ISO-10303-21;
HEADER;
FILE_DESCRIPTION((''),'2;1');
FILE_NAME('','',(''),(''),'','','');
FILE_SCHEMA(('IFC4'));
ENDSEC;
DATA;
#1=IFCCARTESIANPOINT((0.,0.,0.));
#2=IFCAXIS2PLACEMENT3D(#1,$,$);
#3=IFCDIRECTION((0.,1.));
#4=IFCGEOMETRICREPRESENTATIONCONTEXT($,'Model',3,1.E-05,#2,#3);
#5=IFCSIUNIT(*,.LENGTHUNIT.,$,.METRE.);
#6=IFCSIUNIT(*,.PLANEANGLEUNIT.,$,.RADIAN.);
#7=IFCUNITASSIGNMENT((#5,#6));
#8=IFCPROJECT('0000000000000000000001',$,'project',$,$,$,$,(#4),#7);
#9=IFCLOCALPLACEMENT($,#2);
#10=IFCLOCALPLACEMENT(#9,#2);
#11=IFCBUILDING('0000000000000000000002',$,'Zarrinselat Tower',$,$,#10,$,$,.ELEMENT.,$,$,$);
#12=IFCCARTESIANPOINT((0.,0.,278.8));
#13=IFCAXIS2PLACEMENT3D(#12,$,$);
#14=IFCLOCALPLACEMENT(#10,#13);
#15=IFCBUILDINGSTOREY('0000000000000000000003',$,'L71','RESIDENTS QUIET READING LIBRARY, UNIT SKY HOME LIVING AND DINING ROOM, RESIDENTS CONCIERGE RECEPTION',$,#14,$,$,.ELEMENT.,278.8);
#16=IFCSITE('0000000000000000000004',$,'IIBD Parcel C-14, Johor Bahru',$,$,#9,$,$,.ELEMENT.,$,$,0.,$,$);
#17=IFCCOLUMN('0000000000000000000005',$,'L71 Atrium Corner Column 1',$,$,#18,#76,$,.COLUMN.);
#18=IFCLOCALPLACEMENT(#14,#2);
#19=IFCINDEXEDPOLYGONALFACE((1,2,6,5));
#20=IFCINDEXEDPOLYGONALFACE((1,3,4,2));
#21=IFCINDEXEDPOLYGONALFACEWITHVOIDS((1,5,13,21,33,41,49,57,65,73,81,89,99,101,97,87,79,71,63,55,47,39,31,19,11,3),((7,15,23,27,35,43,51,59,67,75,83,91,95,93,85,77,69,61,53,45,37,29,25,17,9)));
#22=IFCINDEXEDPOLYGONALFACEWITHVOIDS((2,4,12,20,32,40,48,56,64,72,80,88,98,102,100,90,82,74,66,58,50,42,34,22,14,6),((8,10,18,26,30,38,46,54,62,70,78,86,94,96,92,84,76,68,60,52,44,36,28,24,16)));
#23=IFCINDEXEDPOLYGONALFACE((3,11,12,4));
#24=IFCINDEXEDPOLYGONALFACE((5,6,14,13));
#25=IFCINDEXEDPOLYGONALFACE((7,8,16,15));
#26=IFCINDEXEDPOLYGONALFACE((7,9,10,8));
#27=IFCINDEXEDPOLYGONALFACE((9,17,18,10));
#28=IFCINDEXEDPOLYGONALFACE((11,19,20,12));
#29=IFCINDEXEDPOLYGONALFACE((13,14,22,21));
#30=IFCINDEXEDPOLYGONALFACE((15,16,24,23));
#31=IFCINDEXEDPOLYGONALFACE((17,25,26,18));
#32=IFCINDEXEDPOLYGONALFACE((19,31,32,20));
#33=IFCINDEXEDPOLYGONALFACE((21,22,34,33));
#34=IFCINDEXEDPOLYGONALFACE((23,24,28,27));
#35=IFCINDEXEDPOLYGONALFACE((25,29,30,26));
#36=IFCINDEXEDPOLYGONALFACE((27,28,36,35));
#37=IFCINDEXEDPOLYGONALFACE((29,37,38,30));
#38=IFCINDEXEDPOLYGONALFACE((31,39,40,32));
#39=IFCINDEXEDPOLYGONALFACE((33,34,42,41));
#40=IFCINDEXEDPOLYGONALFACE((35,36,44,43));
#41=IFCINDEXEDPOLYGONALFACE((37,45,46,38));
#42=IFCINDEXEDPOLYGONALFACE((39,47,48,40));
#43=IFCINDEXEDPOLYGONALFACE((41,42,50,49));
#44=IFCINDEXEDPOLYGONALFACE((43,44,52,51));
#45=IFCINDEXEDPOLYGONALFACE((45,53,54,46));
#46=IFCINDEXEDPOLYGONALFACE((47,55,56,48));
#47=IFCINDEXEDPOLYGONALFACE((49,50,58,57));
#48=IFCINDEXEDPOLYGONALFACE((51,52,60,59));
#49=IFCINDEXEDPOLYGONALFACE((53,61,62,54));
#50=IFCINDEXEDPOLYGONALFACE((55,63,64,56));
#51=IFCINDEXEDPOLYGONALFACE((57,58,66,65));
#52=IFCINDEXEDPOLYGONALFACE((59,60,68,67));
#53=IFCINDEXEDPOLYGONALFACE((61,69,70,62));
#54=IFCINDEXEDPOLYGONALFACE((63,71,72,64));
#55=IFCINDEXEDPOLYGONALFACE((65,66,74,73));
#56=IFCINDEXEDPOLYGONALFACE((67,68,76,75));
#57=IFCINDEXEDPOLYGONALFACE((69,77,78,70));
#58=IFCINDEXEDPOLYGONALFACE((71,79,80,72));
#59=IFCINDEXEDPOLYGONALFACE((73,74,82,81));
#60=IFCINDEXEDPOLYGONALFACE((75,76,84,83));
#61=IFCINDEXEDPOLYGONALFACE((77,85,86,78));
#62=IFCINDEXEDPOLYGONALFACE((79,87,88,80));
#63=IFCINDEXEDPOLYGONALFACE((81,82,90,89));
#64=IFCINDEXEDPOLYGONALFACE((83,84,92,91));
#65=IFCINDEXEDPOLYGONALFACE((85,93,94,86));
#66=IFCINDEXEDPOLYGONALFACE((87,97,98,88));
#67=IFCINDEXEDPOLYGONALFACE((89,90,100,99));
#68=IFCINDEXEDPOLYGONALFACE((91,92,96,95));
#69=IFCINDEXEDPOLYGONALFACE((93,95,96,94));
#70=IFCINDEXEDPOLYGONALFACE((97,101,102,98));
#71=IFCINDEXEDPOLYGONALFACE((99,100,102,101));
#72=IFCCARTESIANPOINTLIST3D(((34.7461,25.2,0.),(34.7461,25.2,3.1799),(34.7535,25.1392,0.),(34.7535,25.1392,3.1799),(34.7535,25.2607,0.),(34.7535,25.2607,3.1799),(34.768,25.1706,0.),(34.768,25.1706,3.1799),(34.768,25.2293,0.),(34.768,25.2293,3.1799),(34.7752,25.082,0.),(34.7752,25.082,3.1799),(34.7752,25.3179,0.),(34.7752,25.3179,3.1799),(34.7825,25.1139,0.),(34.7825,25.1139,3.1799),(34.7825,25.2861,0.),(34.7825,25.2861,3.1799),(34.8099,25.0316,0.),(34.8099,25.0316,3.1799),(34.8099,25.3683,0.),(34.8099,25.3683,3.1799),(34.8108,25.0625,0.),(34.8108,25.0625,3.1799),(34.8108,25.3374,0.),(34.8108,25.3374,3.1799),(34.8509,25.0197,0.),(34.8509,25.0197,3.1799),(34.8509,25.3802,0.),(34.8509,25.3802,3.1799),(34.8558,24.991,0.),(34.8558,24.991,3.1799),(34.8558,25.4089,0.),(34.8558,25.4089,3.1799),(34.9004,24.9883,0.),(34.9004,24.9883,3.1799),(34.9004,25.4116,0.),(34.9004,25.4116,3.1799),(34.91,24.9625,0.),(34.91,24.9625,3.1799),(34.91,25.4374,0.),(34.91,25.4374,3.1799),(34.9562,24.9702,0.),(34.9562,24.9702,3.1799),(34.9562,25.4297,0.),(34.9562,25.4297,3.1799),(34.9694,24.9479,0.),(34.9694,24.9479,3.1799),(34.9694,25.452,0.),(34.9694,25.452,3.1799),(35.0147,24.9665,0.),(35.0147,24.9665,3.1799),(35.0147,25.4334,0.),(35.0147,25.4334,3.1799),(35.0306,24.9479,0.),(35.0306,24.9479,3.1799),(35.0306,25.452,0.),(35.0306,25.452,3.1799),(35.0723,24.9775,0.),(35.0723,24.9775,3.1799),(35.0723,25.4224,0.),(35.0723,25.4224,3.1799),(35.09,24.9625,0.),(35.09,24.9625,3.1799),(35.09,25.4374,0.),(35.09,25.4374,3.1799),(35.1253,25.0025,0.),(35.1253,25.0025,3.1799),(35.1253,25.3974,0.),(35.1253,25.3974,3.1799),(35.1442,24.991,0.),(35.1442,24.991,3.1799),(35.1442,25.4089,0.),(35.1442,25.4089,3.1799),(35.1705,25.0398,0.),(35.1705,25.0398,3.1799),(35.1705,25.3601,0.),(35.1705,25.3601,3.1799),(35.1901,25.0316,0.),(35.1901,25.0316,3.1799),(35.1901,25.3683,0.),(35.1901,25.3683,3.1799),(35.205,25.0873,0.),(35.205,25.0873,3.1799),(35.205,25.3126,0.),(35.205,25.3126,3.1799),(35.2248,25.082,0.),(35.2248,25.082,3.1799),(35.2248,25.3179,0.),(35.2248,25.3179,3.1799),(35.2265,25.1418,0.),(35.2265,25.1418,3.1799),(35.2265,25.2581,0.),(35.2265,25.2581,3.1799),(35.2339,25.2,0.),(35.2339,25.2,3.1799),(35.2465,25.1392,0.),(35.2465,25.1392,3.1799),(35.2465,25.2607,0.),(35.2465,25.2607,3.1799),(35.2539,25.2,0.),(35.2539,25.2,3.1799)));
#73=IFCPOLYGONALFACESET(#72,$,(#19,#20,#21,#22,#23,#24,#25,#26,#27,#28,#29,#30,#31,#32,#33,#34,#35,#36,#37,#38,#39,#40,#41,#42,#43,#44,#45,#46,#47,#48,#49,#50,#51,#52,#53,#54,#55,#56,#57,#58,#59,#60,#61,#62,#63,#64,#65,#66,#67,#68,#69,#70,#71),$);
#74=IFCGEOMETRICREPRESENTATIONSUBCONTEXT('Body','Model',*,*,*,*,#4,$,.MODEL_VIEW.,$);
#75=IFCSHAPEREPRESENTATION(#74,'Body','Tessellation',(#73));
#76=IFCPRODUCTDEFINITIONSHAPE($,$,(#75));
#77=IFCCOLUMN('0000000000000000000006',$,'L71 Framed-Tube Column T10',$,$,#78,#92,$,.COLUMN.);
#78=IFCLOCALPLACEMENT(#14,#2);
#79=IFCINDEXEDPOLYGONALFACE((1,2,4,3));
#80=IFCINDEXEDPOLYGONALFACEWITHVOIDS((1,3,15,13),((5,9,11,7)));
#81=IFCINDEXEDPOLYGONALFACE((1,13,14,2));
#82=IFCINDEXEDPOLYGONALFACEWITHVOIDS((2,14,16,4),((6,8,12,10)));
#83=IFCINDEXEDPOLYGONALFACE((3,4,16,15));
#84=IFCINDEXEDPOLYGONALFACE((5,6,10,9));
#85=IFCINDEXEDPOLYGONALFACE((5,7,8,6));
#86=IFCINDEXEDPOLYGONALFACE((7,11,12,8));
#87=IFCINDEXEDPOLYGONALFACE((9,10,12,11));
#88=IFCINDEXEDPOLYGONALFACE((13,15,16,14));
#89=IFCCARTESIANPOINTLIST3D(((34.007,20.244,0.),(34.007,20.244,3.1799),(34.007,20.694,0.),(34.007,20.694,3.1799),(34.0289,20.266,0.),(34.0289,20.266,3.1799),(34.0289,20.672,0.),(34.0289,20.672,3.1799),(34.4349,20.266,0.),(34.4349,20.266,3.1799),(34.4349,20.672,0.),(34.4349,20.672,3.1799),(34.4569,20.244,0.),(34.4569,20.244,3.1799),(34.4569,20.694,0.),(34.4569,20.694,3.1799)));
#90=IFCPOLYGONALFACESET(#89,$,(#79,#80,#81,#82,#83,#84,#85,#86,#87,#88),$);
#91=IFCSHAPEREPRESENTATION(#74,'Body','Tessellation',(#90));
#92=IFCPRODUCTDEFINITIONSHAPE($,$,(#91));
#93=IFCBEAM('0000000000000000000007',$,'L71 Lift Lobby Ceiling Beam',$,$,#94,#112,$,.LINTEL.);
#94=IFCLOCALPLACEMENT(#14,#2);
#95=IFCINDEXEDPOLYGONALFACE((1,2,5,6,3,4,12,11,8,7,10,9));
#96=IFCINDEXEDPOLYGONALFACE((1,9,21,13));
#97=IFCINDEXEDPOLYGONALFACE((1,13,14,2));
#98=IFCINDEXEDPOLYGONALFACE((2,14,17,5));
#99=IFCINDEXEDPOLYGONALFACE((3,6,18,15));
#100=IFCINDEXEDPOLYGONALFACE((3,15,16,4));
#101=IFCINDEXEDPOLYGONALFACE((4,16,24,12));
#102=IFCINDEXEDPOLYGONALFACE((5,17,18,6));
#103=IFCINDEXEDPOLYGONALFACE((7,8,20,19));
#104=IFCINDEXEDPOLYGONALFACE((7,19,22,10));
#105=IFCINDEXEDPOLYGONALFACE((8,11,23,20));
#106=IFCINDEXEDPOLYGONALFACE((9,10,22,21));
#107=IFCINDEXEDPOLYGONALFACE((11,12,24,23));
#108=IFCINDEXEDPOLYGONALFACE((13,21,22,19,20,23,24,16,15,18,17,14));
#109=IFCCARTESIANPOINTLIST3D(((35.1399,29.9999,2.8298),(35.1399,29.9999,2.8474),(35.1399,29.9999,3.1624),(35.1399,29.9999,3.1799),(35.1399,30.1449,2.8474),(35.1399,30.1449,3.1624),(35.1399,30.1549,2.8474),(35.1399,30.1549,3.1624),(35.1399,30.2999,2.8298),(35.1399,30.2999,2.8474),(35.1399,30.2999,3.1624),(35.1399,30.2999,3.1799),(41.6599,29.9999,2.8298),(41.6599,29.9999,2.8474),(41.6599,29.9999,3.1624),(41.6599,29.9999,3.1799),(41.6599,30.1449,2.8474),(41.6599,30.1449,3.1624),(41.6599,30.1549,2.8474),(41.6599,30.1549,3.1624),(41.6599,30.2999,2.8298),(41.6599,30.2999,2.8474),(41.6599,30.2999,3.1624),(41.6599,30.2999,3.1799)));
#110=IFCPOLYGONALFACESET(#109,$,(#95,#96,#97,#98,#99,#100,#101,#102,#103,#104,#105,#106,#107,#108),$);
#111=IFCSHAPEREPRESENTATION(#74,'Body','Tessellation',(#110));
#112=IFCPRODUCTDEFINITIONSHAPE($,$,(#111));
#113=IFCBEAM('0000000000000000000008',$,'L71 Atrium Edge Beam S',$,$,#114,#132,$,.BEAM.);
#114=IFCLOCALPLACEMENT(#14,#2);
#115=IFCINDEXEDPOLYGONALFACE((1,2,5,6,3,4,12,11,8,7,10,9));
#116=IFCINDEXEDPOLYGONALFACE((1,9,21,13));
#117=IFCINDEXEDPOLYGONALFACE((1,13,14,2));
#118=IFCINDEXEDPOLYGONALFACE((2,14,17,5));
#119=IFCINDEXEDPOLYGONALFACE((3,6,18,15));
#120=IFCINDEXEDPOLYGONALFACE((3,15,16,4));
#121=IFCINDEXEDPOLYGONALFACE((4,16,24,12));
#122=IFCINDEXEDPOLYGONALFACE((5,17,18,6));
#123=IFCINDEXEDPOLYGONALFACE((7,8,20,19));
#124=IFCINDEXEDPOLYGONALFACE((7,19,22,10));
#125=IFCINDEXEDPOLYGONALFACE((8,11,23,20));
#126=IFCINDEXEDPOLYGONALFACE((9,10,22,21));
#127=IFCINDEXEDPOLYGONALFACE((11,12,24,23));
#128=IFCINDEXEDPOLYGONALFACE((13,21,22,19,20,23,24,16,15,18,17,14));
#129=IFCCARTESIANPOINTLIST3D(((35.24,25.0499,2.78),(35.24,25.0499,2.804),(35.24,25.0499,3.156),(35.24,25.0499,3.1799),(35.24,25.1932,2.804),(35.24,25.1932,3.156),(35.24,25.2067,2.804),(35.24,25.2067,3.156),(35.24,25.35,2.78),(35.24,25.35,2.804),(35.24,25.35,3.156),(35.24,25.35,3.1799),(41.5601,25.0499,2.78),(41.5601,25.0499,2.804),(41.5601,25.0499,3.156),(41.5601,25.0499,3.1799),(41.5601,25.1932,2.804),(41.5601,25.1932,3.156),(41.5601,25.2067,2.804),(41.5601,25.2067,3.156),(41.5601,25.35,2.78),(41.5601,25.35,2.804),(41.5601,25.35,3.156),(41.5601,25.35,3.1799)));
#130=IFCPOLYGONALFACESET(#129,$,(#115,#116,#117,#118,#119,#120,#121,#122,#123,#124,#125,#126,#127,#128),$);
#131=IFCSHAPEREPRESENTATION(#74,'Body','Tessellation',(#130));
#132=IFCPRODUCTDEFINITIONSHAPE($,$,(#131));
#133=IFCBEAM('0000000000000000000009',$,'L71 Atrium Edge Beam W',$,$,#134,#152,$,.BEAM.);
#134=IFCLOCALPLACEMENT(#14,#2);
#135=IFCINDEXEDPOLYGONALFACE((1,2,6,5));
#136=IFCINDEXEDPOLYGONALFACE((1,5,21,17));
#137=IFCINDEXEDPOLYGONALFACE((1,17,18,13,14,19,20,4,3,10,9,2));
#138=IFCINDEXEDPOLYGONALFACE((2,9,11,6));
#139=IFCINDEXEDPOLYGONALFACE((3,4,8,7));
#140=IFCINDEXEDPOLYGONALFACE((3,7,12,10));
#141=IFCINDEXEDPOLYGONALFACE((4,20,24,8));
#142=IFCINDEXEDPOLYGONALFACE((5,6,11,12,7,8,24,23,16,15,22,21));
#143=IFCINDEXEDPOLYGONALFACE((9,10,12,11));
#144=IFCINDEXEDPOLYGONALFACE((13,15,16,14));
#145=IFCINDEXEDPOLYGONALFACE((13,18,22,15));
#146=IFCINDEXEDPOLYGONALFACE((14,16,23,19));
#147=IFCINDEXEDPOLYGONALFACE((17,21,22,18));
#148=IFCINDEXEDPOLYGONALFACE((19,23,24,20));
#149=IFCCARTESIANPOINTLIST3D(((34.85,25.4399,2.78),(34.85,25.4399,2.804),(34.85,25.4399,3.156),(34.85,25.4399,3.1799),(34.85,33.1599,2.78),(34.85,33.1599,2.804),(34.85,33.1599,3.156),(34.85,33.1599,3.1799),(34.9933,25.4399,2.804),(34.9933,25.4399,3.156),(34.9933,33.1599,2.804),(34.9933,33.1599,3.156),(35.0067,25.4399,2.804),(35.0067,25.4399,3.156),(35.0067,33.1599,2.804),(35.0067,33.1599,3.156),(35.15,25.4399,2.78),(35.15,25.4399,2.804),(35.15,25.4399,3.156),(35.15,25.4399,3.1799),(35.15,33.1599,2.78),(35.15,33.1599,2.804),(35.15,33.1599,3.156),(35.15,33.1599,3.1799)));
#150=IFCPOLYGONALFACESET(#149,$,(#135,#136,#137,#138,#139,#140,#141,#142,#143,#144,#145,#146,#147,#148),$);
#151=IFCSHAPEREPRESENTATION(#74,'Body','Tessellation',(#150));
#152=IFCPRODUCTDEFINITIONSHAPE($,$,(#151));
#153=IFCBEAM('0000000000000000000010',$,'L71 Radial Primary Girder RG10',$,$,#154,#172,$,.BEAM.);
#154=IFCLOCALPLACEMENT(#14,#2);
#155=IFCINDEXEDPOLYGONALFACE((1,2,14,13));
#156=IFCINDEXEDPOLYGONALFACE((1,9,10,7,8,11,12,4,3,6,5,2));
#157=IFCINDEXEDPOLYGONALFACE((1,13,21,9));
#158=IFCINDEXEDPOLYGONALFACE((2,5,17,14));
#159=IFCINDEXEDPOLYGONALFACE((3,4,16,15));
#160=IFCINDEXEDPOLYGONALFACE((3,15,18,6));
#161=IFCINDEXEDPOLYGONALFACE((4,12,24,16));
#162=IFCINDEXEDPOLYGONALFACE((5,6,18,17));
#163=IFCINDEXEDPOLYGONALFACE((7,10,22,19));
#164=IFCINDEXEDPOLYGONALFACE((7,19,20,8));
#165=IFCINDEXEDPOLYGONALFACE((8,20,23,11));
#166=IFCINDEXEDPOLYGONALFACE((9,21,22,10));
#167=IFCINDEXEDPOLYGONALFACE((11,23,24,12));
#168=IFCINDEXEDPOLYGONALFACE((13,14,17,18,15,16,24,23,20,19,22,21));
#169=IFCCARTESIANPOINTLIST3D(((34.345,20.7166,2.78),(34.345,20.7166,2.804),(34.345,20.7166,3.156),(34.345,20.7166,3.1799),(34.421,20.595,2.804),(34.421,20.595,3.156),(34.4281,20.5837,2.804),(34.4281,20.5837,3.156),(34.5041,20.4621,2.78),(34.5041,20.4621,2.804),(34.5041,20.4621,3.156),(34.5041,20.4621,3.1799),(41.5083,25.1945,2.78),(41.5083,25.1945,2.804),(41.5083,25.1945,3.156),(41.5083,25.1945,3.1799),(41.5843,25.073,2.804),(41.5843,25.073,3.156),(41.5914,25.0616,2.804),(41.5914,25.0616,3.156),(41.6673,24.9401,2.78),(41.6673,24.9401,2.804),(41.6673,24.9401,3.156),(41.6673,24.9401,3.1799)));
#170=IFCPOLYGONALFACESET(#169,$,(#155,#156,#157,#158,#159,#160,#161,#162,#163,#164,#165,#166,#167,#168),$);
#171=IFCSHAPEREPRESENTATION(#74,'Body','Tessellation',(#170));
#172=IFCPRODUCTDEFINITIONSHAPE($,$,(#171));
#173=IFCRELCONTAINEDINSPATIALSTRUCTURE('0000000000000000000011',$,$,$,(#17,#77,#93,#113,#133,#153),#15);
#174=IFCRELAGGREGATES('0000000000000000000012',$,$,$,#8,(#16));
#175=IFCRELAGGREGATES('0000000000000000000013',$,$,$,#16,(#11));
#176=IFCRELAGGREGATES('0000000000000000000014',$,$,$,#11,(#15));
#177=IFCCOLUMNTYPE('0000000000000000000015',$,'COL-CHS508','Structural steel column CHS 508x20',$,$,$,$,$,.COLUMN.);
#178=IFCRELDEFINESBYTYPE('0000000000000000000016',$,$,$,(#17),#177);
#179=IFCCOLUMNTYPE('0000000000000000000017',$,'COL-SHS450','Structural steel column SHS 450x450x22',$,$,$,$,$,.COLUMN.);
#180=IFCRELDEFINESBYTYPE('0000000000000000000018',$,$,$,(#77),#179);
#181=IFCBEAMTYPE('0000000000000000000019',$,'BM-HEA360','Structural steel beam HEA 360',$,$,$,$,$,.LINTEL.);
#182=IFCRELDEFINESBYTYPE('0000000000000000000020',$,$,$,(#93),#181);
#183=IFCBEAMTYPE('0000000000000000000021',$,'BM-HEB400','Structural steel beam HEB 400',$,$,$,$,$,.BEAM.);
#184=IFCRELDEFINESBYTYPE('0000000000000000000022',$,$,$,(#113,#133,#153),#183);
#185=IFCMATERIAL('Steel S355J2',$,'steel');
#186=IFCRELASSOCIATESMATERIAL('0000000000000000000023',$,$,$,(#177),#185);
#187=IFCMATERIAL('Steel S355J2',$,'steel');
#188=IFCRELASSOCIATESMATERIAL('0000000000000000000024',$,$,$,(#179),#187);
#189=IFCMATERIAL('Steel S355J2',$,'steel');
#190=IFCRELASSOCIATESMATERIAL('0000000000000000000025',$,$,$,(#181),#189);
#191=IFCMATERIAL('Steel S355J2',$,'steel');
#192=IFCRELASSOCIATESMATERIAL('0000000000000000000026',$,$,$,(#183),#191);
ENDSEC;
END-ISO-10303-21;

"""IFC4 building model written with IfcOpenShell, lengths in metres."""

from ifc_helpers import new_model, si_unit, direction, frame, origin, origin_2d, place, context, subcontext, project, spatial, hollow_rectangle, hollow_circle, i_section, extrude, material, material_profile, profile_set, type_object, element, save


model = new_model("IFC4")

# Units and contexts
model_context = context("Model", 3, precision=1e-05, world=origin(), true_north=direction((0.0, 1.0)))
body_context = subcontext(model_context, "Body", "Model", "MODEL_VIEW")
ifc_project = project(units=[si_unit("LENGTHUNIT", "METRE"), si_unit("PLANEANGLEUNIT", "RADIAN")], contexts=[model_context])

# Site, building, storey
site_placement = place(None, origin())
site = spatial("IfcSite", under=ifc_project, at=site_placement, Name="IIBD Parcel C-14, Johor Bahru", CompositionType="ELEMENT", RefElevation=0.0)
building_placement = place(site_placement, origin())
building = spatial("IfcBuilding", under=site, at=building_placement, Name="Zarrinselat Tower", CompositionType="ELEMENT")
storey_placement = place(building_placement, frame((0.0, 0.0, 278.8)))
storey = spatial("IfcBuildingStorey", under=building, at=storey_placement, Name="L71", Description="RESIDENTS QUIET READING LIBRARY, UNIT SKY HOME LIVING AND DINING ROOM, RESIDENTS CONCIERGE RECEPTION", CompositionType="ELEMENT", Elevation=278.8)

# Columns
ifc_material_1 = material(Name="Steel S355J2", Category="steel")
ifc_material_profile_1 = material_profile(ifc_material_1, hollow_circle(Radius=0.2539, WallThickness=0.02, at=origin_2d()), Name="CHS 508x20")
ifc_profile_set_1 = profile_set([ifc_material_profile_1], Name="Steel S355J2")
column_type_1 = type_object("IfcColumnType", Name="COL-CHS508", Description="Structural steel column CHS 508x20", PredefinedType="COLUMN", material=ifc_profile_set_1)
column_1_placement = place(storey_placement, frame((35.0, 25.2, 0.0), z_axis=(0.0, 0.0, 1.0), x_axis=(1.0, 0.0, 0.0)))
element("IfcColumn", 1, at=column_1_placement, inside=storey, type_object=column_type_1, Name="L71 Atrium Corner Column 1", PredefinedType="COLUMN", context=body_context, shape_type="SweptSolid", body=[
    extrude(hollow_circle(Radius=0.2539, WallThickness=0.02, at=origin_2d()), origin(), (0.0, 0.0, 1.0), 3.1799),
])
ifc_material_2 = material(Name="Steel S355J2", Category="steel")
ifc_material_profile_2 = material_profile(ifc_material_2, hollow_rectangle(XDim=0.45, YDim=0.45, WallThickness=0.022, at=origin_2d()), Name="SHS 450x450x22")
ifc_profile_set_2 = profile_set([ifc_material_profile_2], Name="Steel S355J2")
column_type_2 = type_object("IfcColumnType", Name="COL-SHS450", Description="Structural steel column SHS 450x450x22", PredefinedType="COLUMN", material=ifc_profile_set_2)
column_2_placement = place(storey_placement, frame((34.2319, 20.469, 0.0), z_axis=(0.0, 0.0, 1.0), x_axis=(1.0, 0.0, 0.0)))
element("IfcColumn", 2, at=column_2_placement, inside=storey, type_object=column_type_2, Name="L71 Framed-Tube Column T10", PredefinedType="COLUMN", context=body_context, shape_type="SweptSolid", body=[
    extrude(hollow_rectangle(XDim=0.45, YDim=0.45, WallThickness=0.022, at=origin_2d()), origin(), (0.0, 0.0, 1.0), 3.1799),
])

# Beams
ifc_material_3 = material(Name="Steel S355J2", Category="steel")
ifc_material_profile_3 = material_profile(ifc_material_3, i_section(OverallWidth=0.3, OverallDepth=0.3501, WebThickness=0.01, FlangeThickness=0.0176, at=origin_2d()), Name="HEA 360")
ifc_profile_set_3 = profile_set([ifc_material_profile_3], Name="Steel S355J2")
beam_type_1 = type_object("IfcBeamType", Name="BM-HEA360", Description="Structural steel beam HEA 360", PredefinedType="LINTEL", material=ifc_profile_set_3)
beam_1_placement = place(storey_placement, frame((35.1399, 30.1499, 3.0049), z_axis=(1.0, 0.0, 0.0), x_axis=(0.0, 1.0, 0.0)))
element("IfcBeam", 3, at=beam_1_placement, inside=storey, type_object=beam_type_1, Name="L71 Lift Lobby Ceiling Beam", PredefinedType="LINTEL", context=body_context, shape_type="SweptSolid", body=[
    extrude(i_section(OverallWidth=0.3, OverallDepth=0.3501, WebThickness=0.01, FlangeThickness=0.0176, at=origin_2d()), origin(), (0.0, 0.0, 1.0), 6.52),
])
ifc_material_4 = material(Name="Steel S355J2", Category="steel")
ifc_material_profile_4 = material_profile(ifc_material_4, i_section(OverallWidth=0.3, OverallDepth=0.3999, WebThickness=0.0134, FlangeThickness=0.0239, at=origin_2d()), Name="HEB 400")
ifc_profile_set_4 = profile_set([ifc_material_profile_4], Name="Steel S355J2")
beam_type_2 = type_object("IfcBeamType", Name="BM-HEB400", Description="Structural steel beam HEB 400", PredefinedType="BEAM", material=ifc_profile_set_4)
beam_2_placement = place(storey_placement, frame((35.24, 25.2, 2.98), z_axis=(1.0, 0.0, 0.0), x_axis=(0.0, 1.0, 0.0)))
element("IfcBeam", 4, at=beam_2_placement, inside=storey, type_object=beam_type_2, Name="L71 Atrium Edge Beam S", PredefinedType="BEAM", context=body_context, shape_type="SweptSolid", body=[
    extrude(i_section(OverallWidth=0.3, OverallDepth=0.3999, WebThickness=0.0134, FlangeThickness=0.0239, at=origin_2d()), origin(), (0.0, 0.0, 1.0), 6.3201),
])
beam_3_placement = place(storey_placement, frame((35.0, 25.4399, 2.98), z_axis=(0.0, 1.0, 0.0), x_axis=(-1.0, 0.0, 0.0)))
element("IfcBeam", 5, at=beam_3_placement, inside=storey, type_object=beam_type_2, Name="L71 Atrium Edge Beam W", PredefinedType="BEAM", context=body_context, shape_type="SweptSolid", body=[
    extrude(i_section(OverallWidth=0.3, OverallDepth=0.3999, WebThickness=0.0134, FlangeThickness=0.0239, at=origin_2d()), origin(), (0.0, 0.0, 1.0), 7.72),
])
beam_4_placement = place(storey_placement, frame((34.4246, 20.5894, 2.98), z_axis=(0.847948, 0.530079, 0.0), x_axis=(-0.530079, 0.847948, 0.0)))
element("IfcBeam", 6, at=beam_4_placement, inside=storey, type_object=beam_type_2, Name="L71 Radial Primary Girder RG10", PredefinedType="BEAM", context=body_context, shape_type="SweptSolid", body=[
    extrude(i_section(OverallWidth=0.3, OverallDepth=0.3999, WebThickness=0.0134, FlangeThickness=0.0239, at=origin_2d()), origin(), (0.0, 0.0, 1.0), 8.4478),
])

save(model, "model.ifc")
